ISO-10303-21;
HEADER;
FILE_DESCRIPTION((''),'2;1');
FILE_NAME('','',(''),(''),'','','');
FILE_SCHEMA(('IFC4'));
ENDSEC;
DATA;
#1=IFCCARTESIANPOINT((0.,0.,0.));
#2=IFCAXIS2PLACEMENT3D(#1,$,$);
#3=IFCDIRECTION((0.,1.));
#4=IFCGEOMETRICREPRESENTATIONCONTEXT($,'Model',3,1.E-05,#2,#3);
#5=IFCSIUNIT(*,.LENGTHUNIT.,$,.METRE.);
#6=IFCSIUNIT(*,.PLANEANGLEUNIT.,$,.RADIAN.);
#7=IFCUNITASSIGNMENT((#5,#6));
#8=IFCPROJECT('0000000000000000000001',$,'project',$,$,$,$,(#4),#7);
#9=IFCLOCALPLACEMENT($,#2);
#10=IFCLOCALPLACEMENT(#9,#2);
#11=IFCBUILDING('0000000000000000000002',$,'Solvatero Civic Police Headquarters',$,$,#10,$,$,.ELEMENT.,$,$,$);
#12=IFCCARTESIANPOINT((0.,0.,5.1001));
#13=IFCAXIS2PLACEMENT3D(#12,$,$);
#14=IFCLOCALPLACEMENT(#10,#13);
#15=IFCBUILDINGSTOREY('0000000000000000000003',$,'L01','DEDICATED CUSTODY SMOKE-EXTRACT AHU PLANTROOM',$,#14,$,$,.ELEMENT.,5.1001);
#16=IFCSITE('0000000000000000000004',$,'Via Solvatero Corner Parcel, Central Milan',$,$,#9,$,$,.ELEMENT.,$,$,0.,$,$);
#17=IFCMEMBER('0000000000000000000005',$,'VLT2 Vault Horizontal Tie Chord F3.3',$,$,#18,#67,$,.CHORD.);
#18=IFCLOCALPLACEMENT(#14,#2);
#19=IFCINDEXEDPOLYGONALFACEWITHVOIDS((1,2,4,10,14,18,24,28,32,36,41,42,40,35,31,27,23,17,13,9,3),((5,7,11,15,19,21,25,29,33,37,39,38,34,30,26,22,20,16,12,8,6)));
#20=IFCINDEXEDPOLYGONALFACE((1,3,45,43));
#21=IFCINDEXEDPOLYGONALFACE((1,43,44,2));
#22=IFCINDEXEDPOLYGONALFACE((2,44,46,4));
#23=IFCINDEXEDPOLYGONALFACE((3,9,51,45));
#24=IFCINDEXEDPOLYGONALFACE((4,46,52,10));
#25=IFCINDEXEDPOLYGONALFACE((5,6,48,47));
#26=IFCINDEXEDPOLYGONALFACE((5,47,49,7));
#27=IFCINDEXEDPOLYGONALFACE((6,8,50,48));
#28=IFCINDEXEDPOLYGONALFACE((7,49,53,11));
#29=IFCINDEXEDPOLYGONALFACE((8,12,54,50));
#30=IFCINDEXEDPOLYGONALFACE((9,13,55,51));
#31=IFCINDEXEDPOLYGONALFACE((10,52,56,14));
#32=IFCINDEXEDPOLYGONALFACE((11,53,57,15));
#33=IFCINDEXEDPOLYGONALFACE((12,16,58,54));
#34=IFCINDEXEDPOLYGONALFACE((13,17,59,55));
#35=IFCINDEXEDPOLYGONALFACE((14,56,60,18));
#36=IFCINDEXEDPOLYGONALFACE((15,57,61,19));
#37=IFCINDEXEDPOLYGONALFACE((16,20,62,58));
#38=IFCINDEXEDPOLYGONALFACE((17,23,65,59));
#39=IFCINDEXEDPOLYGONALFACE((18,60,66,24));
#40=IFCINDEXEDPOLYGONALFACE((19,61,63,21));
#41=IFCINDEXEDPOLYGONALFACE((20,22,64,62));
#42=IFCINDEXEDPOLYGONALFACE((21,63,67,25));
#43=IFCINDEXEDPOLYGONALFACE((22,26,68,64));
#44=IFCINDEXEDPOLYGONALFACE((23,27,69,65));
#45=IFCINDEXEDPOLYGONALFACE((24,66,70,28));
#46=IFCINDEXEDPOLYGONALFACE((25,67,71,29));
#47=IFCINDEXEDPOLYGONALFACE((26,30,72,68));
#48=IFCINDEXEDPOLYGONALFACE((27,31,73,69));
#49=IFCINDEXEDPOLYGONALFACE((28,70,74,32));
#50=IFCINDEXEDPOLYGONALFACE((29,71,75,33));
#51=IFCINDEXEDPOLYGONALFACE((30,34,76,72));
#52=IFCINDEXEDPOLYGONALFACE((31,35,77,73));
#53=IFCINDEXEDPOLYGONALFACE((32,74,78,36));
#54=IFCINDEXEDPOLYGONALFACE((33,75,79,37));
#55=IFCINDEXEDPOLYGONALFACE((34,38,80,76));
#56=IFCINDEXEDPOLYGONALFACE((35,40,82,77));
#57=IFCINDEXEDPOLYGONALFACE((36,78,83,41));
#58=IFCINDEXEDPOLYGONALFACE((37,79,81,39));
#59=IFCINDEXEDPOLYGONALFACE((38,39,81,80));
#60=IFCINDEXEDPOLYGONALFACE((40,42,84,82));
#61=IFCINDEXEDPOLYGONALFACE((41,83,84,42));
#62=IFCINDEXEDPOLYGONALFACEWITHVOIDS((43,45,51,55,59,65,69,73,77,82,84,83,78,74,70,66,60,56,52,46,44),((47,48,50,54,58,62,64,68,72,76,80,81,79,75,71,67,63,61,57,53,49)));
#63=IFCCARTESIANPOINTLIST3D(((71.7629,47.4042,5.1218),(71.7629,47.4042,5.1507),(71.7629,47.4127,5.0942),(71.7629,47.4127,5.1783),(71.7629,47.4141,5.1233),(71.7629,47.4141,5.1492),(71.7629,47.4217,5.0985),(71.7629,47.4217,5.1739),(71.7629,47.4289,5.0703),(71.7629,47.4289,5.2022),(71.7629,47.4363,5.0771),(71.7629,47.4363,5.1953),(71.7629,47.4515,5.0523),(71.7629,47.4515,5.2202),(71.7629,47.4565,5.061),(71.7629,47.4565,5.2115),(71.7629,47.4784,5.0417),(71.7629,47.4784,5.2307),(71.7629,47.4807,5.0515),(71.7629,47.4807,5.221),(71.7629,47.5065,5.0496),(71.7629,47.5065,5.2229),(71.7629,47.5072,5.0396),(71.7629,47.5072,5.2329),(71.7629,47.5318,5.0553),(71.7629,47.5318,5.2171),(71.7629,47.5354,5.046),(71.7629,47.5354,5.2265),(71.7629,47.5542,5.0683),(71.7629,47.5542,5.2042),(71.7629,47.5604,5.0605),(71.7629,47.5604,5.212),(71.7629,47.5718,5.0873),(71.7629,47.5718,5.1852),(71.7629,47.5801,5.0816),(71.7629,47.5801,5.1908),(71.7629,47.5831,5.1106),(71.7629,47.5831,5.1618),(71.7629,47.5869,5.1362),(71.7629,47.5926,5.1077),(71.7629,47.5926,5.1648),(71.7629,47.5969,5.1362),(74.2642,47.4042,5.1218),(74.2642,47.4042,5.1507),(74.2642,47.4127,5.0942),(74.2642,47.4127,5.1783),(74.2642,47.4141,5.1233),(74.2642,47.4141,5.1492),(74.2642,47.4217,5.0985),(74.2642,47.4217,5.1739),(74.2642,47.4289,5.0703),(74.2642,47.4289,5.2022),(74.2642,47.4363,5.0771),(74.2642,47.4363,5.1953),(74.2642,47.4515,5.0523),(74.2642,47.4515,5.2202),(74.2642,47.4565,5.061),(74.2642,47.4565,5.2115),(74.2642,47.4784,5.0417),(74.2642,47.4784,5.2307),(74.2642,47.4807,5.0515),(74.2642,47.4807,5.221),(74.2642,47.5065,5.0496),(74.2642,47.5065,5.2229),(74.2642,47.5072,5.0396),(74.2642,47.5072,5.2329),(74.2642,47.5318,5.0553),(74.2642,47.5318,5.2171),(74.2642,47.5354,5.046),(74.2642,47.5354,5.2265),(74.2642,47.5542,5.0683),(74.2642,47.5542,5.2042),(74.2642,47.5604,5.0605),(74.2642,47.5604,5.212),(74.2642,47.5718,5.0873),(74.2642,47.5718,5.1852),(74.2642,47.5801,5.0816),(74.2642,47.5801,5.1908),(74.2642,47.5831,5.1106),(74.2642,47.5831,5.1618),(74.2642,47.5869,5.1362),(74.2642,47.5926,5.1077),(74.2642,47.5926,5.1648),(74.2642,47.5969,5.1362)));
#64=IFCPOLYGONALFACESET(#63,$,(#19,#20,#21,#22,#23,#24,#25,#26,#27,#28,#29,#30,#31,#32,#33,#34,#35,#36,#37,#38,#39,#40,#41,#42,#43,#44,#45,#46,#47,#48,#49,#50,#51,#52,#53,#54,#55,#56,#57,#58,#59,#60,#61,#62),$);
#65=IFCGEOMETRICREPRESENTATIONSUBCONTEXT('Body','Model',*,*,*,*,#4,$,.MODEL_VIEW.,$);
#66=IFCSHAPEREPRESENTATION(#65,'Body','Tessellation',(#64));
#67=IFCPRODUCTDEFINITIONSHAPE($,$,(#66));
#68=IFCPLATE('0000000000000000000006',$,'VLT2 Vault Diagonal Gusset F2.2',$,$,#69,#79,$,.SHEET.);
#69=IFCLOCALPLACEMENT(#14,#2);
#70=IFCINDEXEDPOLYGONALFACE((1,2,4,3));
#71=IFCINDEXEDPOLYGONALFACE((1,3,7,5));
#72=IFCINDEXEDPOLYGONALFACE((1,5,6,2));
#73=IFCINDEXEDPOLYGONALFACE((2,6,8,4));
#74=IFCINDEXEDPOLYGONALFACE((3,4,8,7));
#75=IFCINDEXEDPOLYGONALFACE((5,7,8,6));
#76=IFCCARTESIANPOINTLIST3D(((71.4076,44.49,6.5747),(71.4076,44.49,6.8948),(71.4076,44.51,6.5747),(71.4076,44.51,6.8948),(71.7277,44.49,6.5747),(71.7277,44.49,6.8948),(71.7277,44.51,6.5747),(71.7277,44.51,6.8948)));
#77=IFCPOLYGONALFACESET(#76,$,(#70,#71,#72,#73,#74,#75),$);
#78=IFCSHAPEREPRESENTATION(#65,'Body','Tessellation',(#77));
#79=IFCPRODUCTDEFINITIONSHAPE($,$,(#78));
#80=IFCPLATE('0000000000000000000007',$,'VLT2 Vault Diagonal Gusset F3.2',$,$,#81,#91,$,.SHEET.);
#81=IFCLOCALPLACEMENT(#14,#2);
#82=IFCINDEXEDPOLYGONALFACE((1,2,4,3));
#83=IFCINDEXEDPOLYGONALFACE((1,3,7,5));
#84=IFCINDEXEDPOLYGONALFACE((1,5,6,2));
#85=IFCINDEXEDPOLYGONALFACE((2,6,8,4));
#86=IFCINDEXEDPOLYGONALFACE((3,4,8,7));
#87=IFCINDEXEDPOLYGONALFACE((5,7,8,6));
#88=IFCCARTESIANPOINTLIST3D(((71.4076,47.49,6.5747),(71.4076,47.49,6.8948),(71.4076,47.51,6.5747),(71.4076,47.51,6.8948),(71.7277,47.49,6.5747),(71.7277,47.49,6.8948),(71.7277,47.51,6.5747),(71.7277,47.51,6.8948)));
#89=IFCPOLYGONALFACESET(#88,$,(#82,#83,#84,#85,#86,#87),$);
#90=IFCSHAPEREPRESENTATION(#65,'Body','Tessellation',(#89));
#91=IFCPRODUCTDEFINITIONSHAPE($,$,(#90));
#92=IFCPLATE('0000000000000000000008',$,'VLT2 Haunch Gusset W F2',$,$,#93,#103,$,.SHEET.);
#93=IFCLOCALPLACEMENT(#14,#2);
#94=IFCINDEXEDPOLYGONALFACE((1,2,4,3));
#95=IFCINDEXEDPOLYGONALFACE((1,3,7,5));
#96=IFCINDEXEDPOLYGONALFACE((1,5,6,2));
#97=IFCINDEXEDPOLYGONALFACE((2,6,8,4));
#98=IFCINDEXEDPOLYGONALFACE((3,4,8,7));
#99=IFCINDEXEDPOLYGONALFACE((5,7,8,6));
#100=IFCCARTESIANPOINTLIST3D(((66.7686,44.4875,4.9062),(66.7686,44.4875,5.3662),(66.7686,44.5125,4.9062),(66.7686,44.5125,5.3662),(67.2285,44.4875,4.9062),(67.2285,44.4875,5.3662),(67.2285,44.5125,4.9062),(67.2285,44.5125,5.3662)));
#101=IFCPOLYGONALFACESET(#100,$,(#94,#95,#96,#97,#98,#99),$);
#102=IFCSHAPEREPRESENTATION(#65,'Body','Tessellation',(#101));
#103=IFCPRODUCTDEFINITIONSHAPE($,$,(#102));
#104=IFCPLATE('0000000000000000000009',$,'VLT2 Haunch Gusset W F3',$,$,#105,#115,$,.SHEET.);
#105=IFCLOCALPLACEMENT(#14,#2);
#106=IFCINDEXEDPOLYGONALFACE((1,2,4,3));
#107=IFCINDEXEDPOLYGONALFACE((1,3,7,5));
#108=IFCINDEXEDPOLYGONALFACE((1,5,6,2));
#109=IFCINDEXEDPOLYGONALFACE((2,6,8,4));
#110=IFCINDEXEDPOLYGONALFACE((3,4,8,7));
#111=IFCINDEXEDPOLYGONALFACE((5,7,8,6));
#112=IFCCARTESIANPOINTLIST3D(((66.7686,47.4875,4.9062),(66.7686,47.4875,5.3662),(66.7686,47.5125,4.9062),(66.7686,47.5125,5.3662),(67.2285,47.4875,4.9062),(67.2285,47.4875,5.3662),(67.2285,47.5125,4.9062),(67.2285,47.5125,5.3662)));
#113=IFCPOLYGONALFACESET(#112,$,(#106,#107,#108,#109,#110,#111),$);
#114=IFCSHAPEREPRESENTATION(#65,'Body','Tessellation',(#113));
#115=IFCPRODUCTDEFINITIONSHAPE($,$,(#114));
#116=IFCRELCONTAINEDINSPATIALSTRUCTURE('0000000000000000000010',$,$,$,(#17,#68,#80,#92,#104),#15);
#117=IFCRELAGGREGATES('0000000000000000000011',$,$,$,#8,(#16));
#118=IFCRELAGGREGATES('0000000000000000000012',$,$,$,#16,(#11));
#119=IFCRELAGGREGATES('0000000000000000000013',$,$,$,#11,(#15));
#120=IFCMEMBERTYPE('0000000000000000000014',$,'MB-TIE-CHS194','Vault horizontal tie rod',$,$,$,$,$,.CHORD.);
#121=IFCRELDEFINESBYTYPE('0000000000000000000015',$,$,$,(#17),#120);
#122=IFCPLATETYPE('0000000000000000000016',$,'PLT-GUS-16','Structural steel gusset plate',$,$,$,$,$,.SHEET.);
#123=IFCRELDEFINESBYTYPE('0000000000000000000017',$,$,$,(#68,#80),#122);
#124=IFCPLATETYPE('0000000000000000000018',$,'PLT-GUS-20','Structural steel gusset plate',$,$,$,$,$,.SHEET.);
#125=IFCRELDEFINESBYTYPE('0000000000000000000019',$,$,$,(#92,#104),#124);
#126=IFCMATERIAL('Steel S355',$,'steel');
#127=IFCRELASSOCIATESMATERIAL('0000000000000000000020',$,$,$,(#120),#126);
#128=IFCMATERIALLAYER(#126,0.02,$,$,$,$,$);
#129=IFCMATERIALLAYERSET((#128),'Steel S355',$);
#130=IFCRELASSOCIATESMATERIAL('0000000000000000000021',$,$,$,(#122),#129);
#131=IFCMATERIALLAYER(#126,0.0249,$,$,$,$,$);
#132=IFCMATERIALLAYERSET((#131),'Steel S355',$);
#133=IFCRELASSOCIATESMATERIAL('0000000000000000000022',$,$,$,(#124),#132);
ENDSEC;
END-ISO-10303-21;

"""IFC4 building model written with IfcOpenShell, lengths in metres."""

from ifc_helpers import new_model, si_unit, direction, frame, origin, origin_2d, place, context, subcontext, project, spatial, rectangle, hollow_circle, extrude, material, layer, layer_set, material_profile, profile_set, type_object, element, save


model = new_model("IFC4")

# Units and contexts
model_context = context("Model", 3, precision=1e-05, world=origin(), true_north=direction((0.0, 1.0)))
body_context = subcontext(model_context, "Body", "Model", "MODEL_VIEW")
ifc_project = project(units=[si_unit("LENGTHUNIT", "METRE"), si_unit("PLANEANGLEUNIT", "RADIAN")], contexts=[model_context])

# Site, building, storey
site_placement = place(None, origin())
site = spatial("IfcSite", under=ifc_project, at=site_placement, Name="Via Solvatero Corner Parcel, Central Milan", CompositionType="ELEMENT", RefElevation=0.0)
building_placement = place(site_placement, origin())
building = spatial("IfcBuilding", under=site, at=building_placement, Name="Solvatero Civic Police Headquarters", CompositionType="ELEMENT")
storey_placement = place(building_placement, frame((0.0, 0.0, 5.1001)))
storey = spatial("IfcBuildingStorey", under=building, at=storey_placement, Name="L01", Description="DEDICATED CUSTODY SMOKE-EXTRACT AHU PLANTROOM", CompositionType="ELEMENT", Elevation=5.1001)

# Shared definitions
ifc_material_1 = material(Name="Steel S355", Category="steel")

# Member
ifc_material_profile_1 = material_profile(ifc_material_1, hollow_circle(Radius=0.0969, WallThickness=0.01, at=origin_2d()), Name="CHS 193.7x10.0")
ifc_profile_set_1 = profile_set([ifc_material_profile_1], Name="Steel S355")
member_type_1 = type_object("IfcMemberType", Name="MB-TIE-CHS194", Description="Vault horizontal tie rod", PredefinedType="CHORD", material=ifc_profile_set_1)
member_1_placement = place(storey_placement, frame((71.7629, 47.5, 5.1362), z_axis=(1.0, 0.0, 0.0), x_axis=(0.0, 1.0, 0.0)))
element("IfcMember", 1, at=member_1_placement, inside=storey, type_object=member_type_1, Name="VLT2 Vault Horizontal Tie Chord F3.3", PredefinedType="CHORD", context=body_context, shape_type="SweptSolid", body=[
    extrude(hollow_circle(Radius=0.0969, WallThickness=0.01, at=origin_2d()), origin(), (0.0, 0.0, 1.0), 2.5012),
])

# Plates
ifc_layer_1 = layer(ifc_material_1, 0.02)
ifc_layer_set_1 = layer_set([ifc_layer_1], Name="Steel S355")
plate_type_1 = type_object("IfcPlateType", Name="PLT-GUS-16", Description="Structural steel gusset plate", PredefinedType="SHEET", material=ifc_layer_set_1)
for number, where, z_axis, x_axis, name in (
    (2, (71.5676, 44.5, 6.5747), (0.0, 0.0, 1.0), (1.0, 0.0, 0.0), "VLT2 Vault Diagonal Gusset F2.2"),
    (3, (71.5676, 47.5, 6.5747), (0.0, 0.0, 1.0), (1.0, 0.0, 0.0), "VLT2 Vault Diagonal Gusset F3.2"),
):
    element("IfcPlate", number, at=place(storey_placement, frame(where, z_axis=z_axis, x_axis=x_axis)), inside=storey, type_object=plate_type_1, Name=name, PredefinedType="SHEET", context=body_context, shape_type="SweptSolid", body=[
        extrude(rectangle(XDim=0.3201, YDim=0.02, at=origin_2d()), origin(), (0.0, 0.0, 1.0), 0.3201),
    ])
ifc_layer_2 = layer(ifc_material_1, 0.0249)
ifc_layer_set_2 = layer_set([ifc_layer_2], Name="Steel S355")
plate_type_2 = type_object("IfcPlateType", Name="PLT-GUS-20", Description="Structural steel gusset plate", PredefinedType="SHEET", material=ifc_layer_set_2)
for number, where, z_axis, x_axis, name in (
    (4, (66.9985, 44.5, 4.9062), (0.0, 0.0, 1.0), (1.0, 0.0, 0.0), "VLT2 Haunch Gusset W F2"),
    (5, (66.9985, 47.5, 4.9062), (0.0, 0.0, 1.0), (1.0, 0.0, 0.0), "VLT2 Haunch Gusset W F3"),
):
    element("IfcPlate", number, at=place(storey_placement, frame(where, z_axis=z_axis, x_axis=x_axis)), inside=storey, type_object=plate_type_2, Name=name, PredefinedType="SHEET", context=body_context, shape_type="SweptSolid", body=[
        extrude(rectangle(XDim=0.46, YDim=0.0249, at=origin_2d()), origin(), (0.0, 0.0, 1.0), 0.46),
    ])

save(model, "model.ifc")
